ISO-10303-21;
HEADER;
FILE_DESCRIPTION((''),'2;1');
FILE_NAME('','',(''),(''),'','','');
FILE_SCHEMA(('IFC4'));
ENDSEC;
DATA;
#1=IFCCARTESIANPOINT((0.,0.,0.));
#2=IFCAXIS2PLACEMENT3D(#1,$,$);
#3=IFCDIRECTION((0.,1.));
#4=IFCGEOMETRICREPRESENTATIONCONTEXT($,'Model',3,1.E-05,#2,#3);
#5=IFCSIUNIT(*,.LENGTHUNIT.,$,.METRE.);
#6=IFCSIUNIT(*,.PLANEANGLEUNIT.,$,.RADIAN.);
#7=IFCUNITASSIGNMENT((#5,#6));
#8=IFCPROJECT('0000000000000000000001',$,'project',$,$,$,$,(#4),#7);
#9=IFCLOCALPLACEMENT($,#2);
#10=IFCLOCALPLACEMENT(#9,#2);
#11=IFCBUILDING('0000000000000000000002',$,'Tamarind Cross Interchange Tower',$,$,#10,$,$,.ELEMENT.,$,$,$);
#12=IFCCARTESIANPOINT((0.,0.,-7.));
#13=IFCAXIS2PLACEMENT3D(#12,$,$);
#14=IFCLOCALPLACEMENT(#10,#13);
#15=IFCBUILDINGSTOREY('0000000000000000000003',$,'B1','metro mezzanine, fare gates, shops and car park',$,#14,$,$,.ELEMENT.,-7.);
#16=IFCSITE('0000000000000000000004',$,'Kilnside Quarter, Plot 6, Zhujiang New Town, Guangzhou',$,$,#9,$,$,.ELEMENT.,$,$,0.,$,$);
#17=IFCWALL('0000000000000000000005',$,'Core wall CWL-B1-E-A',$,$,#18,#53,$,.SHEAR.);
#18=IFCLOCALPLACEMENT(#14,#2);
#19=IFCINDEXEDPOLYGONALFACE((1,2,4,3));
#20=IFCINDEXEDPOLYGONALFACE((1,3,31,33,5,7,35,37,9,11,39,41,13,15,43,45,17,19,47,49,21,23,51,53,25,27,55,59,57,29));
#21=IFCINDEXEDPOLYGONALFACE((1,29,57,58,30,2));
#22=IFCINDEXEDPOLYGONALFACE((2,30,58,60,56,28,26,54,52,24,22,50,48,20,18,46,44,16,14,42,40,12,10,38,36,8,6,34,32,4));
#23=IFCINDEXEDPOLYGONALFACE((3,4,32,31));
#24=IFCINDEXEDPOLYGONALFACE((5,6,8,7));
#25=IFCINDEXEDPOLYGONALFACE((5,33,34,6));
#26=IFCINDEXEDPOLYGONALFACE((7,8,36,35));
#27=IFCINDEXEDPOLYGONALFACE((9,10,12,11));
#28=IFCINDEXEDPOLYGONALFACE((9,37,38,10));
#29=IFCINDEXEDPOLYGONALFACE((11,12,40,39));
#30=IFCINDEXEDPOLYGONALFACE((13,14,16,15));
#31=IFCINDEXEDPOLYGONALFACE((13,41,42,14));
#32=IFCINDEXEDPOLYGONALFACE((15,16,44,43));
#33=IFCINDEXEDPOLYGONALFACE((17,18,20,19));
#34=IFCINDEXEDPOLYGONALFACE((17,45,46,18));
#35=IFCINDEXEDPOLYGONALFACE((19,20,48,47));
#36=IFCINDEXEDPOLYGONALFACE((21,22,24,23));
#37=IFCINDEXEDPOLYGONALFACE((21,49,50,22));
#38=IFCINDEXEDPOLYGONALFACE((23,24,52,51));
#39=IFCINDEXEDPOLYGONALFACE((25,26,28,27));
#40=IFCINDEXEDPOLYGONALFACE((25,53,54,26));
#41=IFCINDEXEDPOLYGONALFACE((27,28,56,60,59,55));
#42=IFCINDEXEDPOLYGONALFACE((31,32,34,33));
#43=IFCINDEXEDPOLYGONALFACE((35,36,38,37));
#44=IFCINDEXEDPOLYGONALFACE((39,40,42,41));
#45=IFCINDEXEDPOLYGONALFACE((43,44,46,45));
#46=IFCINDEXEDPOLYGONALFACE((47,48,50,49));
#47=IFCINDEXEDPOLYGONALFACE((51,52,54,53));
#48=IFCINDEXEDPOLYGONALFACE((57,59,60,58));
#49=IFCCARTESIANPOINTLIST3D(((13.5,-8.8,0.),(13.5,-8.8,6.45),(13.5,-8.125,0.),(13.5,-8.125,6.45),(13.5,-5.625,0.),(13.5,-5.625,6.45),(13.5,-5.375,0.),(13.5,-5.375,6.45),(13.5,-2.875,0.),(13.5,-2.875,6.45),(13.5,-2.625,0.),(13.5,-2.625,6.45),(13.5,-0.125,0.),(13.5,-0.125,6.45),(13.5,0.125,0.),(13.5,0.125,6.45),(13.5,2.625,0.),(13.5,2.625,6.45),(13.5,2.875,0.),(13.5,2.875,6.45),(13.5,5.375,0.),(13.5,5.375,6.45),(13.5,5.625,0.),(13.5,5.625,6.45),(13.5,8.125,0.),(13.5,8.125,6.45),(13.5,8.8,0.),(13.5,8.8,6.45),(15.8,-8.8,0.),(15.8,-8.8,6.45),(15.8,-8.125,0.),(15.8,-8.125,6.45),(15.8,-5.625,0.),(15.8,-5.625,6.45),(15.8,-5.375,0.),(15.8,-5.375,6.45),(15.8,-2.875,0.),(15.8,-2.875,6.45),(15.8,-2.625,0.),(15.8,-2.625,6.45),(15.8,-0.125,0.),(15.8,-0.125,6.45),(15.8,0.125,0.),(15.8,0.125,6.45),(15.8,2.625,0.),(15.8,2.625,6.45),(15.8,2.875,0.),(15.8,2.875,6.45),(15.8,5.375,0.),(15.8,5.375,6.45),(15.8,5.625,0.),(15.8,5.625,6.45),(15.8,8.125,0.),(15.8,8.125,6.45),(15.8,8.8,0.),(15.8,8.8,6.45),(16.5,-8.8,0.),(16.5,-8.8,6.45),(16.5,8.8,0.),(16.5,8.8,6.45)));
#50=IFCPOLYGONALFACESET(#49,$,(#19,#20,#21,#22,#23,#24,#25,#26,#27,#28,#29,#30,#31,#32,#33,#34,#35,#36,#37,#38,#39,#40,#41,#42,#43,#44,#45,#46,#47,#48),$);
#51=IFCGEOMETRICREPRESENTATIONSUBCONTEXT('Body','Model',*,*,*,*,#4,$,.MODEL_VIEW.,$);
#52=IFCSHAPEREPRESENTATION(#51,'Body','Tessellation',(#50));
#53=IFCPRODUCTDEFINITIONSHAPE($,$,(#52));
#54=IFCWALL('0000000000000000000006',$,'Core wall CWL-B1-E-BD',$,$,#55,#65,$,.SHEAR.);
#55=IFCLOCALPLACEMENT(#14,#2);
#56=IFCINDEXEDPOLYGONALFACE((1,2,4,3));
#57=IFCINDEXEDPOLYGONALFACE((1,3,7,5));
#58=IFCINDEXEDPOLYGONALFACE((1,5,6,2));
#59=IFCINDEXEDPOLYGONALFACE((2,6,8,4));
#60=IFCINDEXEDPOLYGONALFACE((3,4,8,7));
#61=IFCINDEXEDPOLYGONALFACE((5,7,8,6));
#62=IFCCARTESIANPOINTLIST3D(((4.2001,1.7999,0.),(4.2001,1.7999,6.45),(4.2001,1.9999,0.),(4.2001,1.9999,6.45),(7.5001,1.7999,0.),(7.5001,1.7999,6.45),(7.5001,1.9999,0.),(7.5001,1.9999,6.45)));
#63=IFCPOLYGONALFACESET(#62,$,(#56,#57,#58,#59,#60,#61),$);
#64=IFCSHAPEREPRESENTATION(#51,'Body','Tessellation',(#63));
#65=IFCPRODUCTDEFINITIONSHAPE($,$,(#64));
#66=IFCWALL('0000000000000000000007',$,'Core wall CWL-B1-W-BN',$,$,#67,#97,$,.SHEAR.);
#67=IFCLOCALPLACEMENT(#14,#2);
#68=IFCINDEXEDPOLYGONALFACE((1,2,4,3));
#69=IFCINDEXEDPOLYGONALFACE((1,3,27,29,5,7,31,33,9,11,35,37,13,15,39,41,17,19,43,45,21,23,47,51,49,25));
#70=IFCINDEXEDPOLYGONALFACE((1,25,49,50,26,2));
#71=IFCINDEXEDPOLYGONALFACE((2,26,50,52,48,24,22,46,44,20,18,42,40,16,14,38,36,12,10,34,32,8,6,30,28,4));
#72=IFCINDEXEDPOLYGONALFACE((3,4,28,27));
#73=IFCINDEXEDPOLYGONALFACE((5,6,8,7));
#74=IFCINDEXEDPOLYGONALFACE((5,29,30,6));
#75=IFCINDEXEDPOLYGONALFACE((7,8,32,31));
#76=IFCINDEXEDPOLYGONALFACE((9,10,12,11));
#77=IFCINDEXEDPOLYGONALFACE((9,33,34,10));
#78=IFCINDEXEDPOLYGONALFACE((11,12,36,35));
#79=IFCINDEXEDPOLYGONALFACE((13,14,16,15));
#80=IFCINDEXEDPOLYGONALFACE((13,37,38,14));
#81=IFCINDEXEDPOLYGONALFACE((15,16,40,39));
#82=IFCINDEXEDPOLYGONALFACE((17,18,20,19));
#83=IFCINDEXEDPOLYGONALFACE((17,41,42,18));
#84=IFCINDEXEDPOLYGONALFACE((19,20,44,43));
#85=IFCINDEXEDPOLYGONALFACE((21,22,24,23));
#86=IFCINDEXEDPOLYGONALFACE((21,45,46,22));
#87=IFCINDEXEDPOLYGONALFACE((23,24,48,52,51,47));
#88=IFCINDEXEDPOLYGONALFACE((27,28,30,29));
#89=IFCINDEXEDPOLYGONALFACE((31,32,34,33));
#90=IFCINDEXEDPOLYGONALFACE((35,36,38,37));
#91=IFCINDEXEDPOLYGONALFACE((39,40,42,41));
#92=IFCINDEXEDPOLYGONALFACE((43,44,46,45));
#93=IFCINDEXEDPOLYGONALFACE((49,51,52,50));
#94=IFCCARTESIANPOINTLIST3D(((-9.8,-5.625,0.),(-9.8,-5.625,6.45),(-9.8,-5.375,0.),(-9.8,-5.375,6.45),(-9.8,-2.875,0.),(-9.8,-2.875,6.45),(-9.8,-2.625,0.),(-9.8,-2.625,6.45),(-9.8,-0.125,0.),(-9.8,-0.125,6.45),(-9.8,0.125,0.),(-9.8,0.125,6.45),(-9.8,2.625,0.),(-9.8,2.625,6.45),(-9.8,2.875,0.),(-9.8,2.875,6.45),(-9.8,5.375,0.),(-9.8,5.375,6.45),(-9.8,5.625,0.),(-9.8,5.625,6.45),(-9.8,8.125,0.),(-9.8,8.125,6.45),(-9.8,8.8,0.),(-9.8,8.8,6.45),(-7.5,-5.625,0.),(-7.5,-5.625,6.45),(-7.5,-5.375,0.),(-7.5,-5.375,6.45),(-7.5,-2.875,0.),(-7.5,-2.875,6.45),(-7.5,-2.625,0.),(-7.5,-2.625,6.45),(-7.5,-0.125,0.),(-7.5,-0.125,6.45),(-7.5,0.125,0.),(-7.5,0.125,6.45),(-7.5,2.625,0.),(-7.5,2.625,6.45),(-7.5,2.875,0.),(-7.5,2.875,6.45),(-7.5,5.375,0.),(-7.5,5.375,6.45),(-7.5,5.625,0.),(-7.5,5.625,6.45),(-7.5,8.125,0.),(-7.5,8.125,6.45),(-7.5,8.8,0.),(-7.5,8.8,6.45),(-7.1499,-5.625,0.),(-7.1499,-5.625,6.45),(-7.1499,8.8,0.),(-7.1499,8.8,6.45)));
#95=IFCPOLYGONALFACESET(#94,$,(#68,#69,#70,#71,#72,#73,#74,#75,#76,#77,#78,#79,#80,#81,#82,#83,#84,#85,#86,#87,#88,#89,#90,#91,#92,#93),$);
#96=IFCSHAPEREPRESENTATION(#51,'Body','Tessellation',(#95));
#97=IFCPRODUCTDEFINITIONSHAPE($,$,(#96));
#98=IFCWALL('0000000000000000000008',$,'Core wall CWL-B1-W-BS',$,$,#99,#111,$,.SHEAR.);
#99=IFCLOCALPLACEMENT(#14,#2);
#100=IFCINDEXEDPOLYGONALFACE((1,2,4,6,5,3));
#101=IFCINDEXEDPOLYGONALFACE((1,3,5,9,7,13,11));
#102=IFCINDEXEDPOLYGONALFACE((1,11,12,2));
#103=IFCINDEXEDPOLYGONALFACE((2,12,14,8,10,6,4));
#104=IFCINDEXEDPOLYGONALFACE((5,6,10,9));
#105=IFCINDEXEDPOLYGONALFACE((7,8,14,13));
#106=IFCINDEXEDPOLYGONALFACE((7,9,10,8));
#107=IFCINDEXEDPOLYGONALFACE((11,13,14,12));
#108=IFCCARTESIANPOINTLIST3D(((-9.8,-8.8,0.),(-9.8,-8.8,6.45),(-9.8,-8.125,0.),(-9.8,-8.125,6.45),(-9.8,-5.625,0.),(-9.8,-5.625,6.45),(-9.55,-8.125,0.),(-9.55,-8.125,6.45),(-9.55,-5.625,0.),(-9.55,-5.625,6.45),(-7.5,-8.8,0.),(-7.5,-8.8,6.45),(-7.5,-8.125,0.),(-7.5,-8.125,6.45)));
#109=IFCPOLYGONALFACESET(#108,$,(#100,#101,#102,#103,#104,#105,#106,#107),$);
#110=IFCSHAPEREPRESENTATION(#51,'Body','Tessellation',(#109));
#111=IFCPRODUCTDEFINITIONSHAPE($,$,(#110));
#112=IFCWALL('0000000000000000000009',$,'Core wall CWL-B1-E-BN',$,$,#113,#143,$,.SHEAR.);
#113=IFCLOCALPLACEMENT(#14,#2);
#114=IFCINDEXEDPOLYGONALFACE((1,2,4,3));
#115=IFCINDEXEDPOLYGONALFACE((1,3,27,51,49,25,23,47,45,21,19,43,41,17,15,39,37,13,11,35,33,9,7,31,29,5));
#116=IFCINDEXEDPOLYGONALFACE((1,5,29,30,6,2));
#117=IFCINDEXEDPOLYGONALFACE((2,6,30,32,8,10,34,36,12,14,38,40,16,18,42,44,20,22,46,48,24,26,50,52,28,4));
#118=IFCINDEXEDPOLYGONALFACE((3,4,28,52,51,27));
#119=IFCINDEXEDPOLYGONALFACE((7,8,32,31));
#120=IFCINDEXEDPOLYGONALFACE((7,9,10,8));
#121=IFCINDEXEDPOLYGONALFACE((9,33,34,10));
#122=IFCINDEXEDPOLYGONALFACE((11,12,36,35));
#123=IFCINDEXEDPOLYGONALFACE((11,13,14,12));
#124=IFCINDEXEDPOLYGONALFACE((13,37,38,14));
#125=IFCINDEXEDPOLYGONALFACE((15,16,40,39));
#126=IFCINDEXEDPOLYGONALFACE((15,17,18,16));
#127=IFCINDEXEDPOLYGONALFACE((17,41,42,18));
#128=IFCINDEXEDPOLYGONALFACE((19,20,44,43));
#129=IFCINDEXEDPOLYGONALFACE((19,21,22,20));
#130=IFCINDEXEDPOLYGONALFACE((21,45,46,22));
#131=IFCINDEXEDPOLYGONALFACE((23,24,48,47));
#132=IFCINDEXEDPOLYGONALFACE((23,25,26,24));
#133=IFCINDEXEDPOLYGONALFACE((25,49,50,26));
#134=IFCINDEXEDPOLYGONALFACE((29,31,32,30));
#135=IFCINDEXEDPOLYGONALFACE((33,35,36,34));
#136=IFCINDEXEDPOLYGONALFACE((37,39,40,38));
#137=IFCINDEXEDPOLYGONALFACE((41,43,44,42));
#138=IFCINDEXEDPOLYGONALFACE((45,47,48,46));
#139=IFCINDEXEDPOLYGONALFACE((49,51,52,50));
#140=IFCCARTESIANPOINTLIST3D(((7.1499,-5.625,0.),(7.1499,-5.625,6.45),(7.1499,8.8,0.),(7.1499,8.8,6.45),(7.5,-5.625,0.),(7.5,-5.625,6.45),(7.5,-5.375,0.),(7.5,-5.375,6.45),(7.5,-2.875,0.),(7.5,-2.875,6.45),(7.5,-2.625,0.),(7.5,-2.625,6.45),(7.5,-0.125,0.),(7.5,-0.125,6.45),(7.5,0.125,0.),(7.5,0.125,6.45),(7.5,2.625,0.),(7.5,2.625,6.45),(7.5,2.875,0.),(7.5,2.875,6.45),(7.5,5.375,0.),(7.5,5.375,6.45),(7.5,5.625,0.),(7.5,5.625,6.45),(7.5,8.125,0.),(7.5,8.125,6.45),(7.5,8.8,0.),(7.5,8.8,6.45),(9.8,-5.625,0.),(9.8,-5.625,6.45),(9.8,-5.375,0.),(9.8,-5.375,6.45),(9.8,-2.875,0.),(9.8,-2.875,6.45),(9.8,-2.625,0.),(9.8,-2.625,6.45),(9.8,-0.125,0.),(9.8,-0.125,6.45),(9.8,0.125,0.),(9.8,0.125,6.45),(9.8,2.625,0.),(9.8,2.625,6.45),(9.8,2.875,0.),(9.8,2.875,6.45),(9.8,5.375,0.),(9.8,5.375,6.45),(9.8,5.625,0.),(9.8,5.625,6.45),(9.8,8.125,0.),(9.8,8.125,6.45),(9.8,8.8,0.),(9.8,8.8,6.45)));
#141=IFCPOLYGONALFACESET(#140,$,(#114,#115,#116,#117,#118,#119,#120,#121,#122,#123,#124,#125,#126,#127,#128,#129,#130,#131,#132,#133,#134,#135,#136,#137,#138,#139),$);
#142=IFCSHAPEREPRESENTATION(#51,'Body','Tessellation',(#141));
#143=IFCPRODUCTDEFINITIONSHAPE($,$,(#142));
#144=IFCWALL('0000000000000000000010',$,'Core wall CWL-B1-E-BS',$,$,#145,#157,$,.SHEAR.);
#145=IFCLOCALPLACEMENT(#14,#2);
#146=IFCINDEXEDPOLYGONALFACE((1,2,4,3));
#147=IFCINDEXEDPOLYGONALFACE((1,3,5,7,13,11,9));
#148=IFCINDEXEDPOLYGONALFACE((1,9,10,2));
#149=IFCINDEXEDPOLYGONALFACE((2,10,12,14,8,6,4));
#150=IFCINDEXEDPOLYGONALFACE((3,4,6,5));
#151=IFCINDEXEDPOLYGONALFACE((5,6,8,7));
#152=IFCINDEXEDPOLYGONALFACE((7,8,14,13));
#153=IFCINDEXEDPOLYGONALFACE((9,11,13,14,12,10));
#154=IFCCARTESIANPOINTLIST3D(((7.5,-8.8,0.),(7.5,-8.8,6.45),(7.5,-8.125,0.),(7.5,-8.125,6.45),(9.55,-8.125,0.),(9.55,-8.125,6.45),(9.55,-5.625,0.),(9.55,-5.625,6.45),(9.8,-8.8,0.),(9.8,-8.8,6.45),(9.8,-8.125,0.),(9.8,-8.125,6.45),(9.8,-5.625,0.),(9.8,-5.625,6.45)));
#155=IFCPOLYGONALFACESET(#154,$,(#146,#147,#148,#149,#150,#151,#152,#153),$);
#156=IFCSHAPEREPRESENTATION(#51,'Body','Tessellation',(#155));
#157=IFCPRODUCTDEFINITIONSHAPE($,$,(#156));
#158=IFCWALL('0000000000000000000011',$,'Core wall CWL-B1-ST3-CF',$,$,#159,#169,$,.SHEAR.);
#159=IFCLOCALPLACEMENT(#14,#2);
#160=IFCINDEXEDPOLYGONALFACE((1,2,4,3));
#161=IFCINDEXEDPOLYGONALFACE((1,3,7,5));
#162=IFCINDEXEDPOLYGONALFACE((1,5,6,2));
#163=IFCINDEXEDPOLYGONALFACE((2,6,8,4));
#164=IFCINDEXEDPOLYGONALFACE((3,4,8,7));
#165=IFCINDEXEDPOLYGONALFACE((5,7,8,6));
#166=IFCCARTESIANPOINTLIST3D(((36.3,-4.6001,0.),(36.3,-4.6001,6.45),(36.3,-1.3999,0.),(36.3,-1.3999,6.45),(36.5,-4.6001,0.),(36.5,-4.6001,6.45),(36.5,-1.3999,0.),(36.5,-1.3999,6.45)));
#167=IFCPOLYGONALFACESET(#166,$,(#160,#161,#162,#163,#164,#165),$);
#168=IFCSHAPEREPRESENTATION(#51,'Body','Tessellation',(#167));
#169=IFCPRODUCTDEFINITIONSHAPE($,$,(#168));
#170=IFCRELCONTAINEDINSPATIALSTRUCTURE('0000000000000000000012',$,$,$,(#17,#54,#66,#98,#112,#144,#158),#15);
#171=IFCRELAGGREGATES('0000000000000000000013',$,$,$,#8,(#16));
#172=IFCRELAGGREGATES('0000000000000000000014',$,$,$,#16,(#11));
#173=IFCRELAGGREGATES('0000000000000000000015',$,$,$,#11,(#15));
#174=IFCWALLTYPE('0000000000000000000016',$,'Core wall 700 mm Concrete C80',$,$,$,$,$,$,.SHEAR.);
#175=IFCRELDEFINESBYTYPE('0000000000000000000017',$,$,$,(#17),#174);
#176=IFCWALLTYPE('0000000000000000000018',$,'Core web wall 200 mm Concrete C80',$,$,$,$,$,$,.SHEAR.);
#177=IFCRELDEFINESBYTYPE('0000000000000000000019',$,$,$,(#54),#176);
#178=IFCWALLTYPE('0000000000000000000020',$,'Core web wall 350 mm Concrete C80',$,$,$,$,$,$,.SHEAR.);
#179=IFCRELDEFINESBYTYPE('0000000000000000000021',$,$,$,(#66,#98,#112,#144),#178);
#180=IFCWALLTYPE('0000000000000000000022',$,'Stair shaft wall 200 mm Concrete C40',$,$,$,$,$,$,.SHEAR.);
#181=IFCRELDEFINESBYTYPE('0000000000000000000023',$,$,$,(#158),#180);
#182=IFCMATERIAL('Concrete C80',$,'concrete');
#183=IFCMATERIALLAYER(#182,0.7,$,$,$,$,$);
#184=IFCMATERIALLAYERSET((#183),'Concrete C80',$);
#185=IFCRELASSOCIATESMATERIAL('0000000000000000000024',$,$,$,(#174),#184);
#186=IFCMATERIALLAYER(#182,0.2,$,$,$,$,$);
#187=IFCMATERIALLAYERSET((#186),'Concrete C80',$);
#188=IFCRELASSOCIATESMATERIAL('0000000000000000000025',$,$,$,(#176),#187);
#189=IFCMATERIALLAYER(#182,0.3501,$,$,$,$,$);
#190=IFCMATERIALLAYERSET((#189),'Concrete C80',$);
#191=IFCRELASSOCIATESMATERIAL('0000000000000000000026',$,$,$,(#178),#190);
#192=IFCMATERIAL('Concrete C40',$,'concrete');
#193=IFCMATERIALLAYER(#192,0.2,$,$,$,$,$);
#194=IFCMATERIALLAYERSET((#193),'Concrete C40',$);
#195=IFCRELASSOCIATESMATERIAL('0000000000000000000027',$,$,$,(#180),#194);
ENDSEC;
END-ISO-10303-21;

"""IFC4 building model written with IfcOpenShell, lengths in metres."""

from ifc_helpers import new_model, si_unit, direction, frame, frame_2d, origin, place, context, subcontext, project, spatial, polyline, rectangle, outline, extrude, material, layer, layer_set, type_object, element, save


model = new_model("IFC4")

# Units and contexts
model_context = context("Model", 3, precision=1e-05, world=origin(), true_north=direction((0.0, 1.0)))
body_context = subcontext(model_context, "Body", "Model", "MODEL_VIEW")
ifc_project = project(units=[si_unit("LENGTHUNIT", "METRE"), si_unit("PLANEANGLEUNIT", "RADIAN")], contexts=[model_context])

# Site, building, storey
site_placement = place(None, origin())
site = spatial("IfcSite", under=ifc_project, at=site_placement, Name="Kilnside Quarter, Plot 6, Zhujiang New Town, Guangzhou", CompositionType="ELEMENT", RefElevation=0.0)
building_placement = place(site_placement, origin())
building = spatial("IfcBuilding", under=site, at=building_placement, Name="Tamarind Cross Interchange Tower", CompositionType="ELEMENT")
storey_placement = place(building_placement, frame((0.0, 0.0, -7.0)))
storey = spatial("IfcBuildingStorey", under=building, at=storey_placement, Name="B1", Description="metro mezzanine, fare gates, shops and car park", CompositionType="ELEMENT", Elevation=-7.0)

# Shared definitions
ifc_material_1 = material(Name="Concrete C80", Category="concrete")

# Shared definitions
ifc_material_2 = material(Name="Concrete C40", Category="concrete")

# Walls
ifc_layer_1 = layer(ifc_material_1, 0.7)
ifc_layer_set_1 = layer_set([ifc_layer_1], Name="Concrete C80")
wall_type_1 = type_object("IfcWallType", Name="Core wall 700 mm Concrete C80", PredefinedType="SHEAR", material=ifc_layer_set_1)
wall_1_placement = place(storey_placement, origin())
element("IfcWall", 1, at=wall_1_placement, inside=storey, type_object=wall_type_1, Name="Core wall CWL-B1-E-A", PredefinedType="SHEAR", context=body_context, shape_type="SweptSolid", body=[
    extrude(outline(polyline([(13.5, -8.8), (15.8, -8.8), (16.5, -8.8), (16.5, 8.8), (15.8, 8.8), (13.5, 8.8), (13.5, 8.125), (15.8, 8.125), (15.8, 5.625), (13.5, 5.625), (13.5, 5.375), (15.8, 5.375), (15.8, 2.875), (13.5, 2.875), (13.5, 2.625), (15.8, 2.625), (15.8, 0.125), (13.5, 0.125), (13.5, -0.125), (15.8, -0.125), (15.8, -2.625), (13.5, -2.625), (13.5, -2.875), (15.8, -2.875), (15.8, -5.375), (13.5, -5.375), (13.5, -5.625), (15.8, -5.625), (15.8, -8.125), (13.5, -8.125), (13.5, -8.8)])), origin(), (0.0, 0.0, 1.0), 6.45),
])
ifc_layer_2 = layer(ifc_material_1, 0.2)
ifc_layer_set_2 = layer_set([ifc_layer_2], Name="Concrete C80")
wall_type_2 = type_object("IfcWallType", Name="Core web wall 200 mm Concrete C80", PredefinedType="SHEAR", material=ifc_layer_set_2)
wall_2_placement = place(storey_placement, frame((7.5, 1.8999, 0.0), z_axis=(0.0, 0.0, 1.0), x_axis=(-1.0, 0.0, 0.0)))
element("IfcWall", 2, at=wall_2_placement, inside=storey, type_object=wall_type_2, Name="Core wall CWL-B1-E-BD", PredefinedType="SHEAR", context=body_context, shape_type="SweptSolid", body=[
    extrude(rectangle(XDim=3.3, YDim=0.2, at=frame_2d((1.6499, 0.0))), origin(), (0.0, 0.0, 1.0), 6.45),
])
ifc_layer_3 = layer(ifc_material_1, 0.3501)
ifc_layer_set_3 = layer_set([ifc_layer_3], Name="Concrete C80")
wall_type_3 = type_object("IfcWallType", Name="Core web wall 350 mm Concrete C80", PredefinedType="SHEAR", material=ifc_layer_set_3)
wall_3_placement = place(storey_placement, origin())
element("IfcWall", 3, at=wall_3_placement, inside=storey, type_object=wall_type_3, Name="Core wall CWL-B1-W-BN", PredefinedType="SHEAR", context=body_context, shape_type="SweptSolid", body=[
    extrude(outline(polyline([(-9.8, -5.375), (-9.8, -5.625), (-7.5, -5.625), (-7.1499, -5.625), (-7.1499, 8.8), (-7.5, 8.8), (-9.8, 8.8), (-9.8, 8.125), (-7.5, 8.125), (-7.5, 5.625), (-9.8, 5.625), (-9.8, 5.375), (-7.5, 5.375), (-7.5, 2.875), (-9.8, 2.875), (-9.8, 2.625), (-7.5, 2.625), (-7.5, 0.125), (-9.8, 0.125), (-9.8, -0.125), (-7.5, -0.125), (-7.5, -2.625), (-9.8, -2.625), (-9.8, -2.875), (-7.5, -2.875), (-7.5, -5.375), (-9.8, -5.375)])), origin(), (0.0, 0.0, 1.0), 6.45),
])
wall_4_placement = place(storey_placement, origin())
element("IfcWall", 4, at=wall_4_placement, inside=storey, type_object=wall_type_3, Name="Core wall CWL-B1-W-BS", PredefinedType="SHEAR", context=body_context, shape_type="SweptSolid", body=[
    extrude(outline(polyline([(-7.5, -8.125), (-9.55, -8.125), (-9.55, -5.625), (-9.8, -5.625), (-9.8, -8.125), (-9.8, -8.8), (-7.5, -8.8), (-7.5, -8.125)])), origin(), (0.0, 0.0, 1.0), 6.45),
])
wall_5_placement = place(storey_placement, origin())
element("IfcWall", 5, at=wall_5_placement, inside=storey, type_object=wall_type_3, Name="Core wall CWL-B1-E-BN", PredefinedType="SHEAR", context=body_context, shape_type="SweptSolid", body=[
    extrude(outline(polyline([(9.8, -5.375), (7.5, -5.375), (7.5, -2.875), (9.8, -2.875), (9.8, -2.625), (7.5, -2.625), (7.5, -0.125), (9.8, -0.125), (9.8, 0.125), (7.5, 0.125), (7.5, 2.625), (9.8, 2.625), (9.8, 2.875), (7.5, 2.875), (7.5, 5.375), (9.8, 5.375), (9.8, 5.625), (7.5, 5.625), (7.5, 8.125), (9.8, 8.125), (9.8, 8.8), (7.5, 8.8), (7.1499, 8.8), (7.1499, -5.625), (7.5, -5.625), (9.8, -5.625), (9.8, -5.375)])), origin(), (0.0, 0.0, 1.0), 6.45),
])
wall_6_placement = place(storey_placement, origin())
element("IfcWall", 6, at=wall_6_placement, inside=storey, type_object=wall_type_3, Name="Core wall CWL-B1-E-BS", PredefinedType="SHEAR", context=body_context, shape_type="SweptSolid", body=[
    extrude(outline(polyline([(7.5, -8.125), (7.5, -8.8), (9.8, -8.8), (9.8, -8.125), (9.8, -5.625), (9.55, -5.625), (9.55, -8.125), (7.5, -8.125)])), origin(), (0.0, 0.0, 1.0), 6.45),
])
ifc_layer_4 = layer(ifc_material_2, 0.2)
ifc_layer_set_4 = layer_set([ifc_layer_4], Name="Concrete C40")
wall_type_4 = type_object("IfcWallType", Name="Stair shaft wall 200 mm Concrete C40", PredefinedType="SHEAR", material=ifc_layer_set_4)
wall_7_placement = place(storey_placement, origin())
element("IfcWall", 7, at=wall_7_placement, inside=storey, type_object=wall_type_4, Name="Core wall CWL-B1-ST3-CF", PredefinedType="SHEAR", context=body_context, shape_type="SweptSolid", body=[
    extrude(outline(polyline([(36.3, -4.6001), (36.5, -4.6001), (36.5, -1.3999), (36.3, -1.3999), (36.3, -4.6001)])), origin(), (0.0, 0.0, 1.0), 6.45),
])

save(model, "model.ifc")
